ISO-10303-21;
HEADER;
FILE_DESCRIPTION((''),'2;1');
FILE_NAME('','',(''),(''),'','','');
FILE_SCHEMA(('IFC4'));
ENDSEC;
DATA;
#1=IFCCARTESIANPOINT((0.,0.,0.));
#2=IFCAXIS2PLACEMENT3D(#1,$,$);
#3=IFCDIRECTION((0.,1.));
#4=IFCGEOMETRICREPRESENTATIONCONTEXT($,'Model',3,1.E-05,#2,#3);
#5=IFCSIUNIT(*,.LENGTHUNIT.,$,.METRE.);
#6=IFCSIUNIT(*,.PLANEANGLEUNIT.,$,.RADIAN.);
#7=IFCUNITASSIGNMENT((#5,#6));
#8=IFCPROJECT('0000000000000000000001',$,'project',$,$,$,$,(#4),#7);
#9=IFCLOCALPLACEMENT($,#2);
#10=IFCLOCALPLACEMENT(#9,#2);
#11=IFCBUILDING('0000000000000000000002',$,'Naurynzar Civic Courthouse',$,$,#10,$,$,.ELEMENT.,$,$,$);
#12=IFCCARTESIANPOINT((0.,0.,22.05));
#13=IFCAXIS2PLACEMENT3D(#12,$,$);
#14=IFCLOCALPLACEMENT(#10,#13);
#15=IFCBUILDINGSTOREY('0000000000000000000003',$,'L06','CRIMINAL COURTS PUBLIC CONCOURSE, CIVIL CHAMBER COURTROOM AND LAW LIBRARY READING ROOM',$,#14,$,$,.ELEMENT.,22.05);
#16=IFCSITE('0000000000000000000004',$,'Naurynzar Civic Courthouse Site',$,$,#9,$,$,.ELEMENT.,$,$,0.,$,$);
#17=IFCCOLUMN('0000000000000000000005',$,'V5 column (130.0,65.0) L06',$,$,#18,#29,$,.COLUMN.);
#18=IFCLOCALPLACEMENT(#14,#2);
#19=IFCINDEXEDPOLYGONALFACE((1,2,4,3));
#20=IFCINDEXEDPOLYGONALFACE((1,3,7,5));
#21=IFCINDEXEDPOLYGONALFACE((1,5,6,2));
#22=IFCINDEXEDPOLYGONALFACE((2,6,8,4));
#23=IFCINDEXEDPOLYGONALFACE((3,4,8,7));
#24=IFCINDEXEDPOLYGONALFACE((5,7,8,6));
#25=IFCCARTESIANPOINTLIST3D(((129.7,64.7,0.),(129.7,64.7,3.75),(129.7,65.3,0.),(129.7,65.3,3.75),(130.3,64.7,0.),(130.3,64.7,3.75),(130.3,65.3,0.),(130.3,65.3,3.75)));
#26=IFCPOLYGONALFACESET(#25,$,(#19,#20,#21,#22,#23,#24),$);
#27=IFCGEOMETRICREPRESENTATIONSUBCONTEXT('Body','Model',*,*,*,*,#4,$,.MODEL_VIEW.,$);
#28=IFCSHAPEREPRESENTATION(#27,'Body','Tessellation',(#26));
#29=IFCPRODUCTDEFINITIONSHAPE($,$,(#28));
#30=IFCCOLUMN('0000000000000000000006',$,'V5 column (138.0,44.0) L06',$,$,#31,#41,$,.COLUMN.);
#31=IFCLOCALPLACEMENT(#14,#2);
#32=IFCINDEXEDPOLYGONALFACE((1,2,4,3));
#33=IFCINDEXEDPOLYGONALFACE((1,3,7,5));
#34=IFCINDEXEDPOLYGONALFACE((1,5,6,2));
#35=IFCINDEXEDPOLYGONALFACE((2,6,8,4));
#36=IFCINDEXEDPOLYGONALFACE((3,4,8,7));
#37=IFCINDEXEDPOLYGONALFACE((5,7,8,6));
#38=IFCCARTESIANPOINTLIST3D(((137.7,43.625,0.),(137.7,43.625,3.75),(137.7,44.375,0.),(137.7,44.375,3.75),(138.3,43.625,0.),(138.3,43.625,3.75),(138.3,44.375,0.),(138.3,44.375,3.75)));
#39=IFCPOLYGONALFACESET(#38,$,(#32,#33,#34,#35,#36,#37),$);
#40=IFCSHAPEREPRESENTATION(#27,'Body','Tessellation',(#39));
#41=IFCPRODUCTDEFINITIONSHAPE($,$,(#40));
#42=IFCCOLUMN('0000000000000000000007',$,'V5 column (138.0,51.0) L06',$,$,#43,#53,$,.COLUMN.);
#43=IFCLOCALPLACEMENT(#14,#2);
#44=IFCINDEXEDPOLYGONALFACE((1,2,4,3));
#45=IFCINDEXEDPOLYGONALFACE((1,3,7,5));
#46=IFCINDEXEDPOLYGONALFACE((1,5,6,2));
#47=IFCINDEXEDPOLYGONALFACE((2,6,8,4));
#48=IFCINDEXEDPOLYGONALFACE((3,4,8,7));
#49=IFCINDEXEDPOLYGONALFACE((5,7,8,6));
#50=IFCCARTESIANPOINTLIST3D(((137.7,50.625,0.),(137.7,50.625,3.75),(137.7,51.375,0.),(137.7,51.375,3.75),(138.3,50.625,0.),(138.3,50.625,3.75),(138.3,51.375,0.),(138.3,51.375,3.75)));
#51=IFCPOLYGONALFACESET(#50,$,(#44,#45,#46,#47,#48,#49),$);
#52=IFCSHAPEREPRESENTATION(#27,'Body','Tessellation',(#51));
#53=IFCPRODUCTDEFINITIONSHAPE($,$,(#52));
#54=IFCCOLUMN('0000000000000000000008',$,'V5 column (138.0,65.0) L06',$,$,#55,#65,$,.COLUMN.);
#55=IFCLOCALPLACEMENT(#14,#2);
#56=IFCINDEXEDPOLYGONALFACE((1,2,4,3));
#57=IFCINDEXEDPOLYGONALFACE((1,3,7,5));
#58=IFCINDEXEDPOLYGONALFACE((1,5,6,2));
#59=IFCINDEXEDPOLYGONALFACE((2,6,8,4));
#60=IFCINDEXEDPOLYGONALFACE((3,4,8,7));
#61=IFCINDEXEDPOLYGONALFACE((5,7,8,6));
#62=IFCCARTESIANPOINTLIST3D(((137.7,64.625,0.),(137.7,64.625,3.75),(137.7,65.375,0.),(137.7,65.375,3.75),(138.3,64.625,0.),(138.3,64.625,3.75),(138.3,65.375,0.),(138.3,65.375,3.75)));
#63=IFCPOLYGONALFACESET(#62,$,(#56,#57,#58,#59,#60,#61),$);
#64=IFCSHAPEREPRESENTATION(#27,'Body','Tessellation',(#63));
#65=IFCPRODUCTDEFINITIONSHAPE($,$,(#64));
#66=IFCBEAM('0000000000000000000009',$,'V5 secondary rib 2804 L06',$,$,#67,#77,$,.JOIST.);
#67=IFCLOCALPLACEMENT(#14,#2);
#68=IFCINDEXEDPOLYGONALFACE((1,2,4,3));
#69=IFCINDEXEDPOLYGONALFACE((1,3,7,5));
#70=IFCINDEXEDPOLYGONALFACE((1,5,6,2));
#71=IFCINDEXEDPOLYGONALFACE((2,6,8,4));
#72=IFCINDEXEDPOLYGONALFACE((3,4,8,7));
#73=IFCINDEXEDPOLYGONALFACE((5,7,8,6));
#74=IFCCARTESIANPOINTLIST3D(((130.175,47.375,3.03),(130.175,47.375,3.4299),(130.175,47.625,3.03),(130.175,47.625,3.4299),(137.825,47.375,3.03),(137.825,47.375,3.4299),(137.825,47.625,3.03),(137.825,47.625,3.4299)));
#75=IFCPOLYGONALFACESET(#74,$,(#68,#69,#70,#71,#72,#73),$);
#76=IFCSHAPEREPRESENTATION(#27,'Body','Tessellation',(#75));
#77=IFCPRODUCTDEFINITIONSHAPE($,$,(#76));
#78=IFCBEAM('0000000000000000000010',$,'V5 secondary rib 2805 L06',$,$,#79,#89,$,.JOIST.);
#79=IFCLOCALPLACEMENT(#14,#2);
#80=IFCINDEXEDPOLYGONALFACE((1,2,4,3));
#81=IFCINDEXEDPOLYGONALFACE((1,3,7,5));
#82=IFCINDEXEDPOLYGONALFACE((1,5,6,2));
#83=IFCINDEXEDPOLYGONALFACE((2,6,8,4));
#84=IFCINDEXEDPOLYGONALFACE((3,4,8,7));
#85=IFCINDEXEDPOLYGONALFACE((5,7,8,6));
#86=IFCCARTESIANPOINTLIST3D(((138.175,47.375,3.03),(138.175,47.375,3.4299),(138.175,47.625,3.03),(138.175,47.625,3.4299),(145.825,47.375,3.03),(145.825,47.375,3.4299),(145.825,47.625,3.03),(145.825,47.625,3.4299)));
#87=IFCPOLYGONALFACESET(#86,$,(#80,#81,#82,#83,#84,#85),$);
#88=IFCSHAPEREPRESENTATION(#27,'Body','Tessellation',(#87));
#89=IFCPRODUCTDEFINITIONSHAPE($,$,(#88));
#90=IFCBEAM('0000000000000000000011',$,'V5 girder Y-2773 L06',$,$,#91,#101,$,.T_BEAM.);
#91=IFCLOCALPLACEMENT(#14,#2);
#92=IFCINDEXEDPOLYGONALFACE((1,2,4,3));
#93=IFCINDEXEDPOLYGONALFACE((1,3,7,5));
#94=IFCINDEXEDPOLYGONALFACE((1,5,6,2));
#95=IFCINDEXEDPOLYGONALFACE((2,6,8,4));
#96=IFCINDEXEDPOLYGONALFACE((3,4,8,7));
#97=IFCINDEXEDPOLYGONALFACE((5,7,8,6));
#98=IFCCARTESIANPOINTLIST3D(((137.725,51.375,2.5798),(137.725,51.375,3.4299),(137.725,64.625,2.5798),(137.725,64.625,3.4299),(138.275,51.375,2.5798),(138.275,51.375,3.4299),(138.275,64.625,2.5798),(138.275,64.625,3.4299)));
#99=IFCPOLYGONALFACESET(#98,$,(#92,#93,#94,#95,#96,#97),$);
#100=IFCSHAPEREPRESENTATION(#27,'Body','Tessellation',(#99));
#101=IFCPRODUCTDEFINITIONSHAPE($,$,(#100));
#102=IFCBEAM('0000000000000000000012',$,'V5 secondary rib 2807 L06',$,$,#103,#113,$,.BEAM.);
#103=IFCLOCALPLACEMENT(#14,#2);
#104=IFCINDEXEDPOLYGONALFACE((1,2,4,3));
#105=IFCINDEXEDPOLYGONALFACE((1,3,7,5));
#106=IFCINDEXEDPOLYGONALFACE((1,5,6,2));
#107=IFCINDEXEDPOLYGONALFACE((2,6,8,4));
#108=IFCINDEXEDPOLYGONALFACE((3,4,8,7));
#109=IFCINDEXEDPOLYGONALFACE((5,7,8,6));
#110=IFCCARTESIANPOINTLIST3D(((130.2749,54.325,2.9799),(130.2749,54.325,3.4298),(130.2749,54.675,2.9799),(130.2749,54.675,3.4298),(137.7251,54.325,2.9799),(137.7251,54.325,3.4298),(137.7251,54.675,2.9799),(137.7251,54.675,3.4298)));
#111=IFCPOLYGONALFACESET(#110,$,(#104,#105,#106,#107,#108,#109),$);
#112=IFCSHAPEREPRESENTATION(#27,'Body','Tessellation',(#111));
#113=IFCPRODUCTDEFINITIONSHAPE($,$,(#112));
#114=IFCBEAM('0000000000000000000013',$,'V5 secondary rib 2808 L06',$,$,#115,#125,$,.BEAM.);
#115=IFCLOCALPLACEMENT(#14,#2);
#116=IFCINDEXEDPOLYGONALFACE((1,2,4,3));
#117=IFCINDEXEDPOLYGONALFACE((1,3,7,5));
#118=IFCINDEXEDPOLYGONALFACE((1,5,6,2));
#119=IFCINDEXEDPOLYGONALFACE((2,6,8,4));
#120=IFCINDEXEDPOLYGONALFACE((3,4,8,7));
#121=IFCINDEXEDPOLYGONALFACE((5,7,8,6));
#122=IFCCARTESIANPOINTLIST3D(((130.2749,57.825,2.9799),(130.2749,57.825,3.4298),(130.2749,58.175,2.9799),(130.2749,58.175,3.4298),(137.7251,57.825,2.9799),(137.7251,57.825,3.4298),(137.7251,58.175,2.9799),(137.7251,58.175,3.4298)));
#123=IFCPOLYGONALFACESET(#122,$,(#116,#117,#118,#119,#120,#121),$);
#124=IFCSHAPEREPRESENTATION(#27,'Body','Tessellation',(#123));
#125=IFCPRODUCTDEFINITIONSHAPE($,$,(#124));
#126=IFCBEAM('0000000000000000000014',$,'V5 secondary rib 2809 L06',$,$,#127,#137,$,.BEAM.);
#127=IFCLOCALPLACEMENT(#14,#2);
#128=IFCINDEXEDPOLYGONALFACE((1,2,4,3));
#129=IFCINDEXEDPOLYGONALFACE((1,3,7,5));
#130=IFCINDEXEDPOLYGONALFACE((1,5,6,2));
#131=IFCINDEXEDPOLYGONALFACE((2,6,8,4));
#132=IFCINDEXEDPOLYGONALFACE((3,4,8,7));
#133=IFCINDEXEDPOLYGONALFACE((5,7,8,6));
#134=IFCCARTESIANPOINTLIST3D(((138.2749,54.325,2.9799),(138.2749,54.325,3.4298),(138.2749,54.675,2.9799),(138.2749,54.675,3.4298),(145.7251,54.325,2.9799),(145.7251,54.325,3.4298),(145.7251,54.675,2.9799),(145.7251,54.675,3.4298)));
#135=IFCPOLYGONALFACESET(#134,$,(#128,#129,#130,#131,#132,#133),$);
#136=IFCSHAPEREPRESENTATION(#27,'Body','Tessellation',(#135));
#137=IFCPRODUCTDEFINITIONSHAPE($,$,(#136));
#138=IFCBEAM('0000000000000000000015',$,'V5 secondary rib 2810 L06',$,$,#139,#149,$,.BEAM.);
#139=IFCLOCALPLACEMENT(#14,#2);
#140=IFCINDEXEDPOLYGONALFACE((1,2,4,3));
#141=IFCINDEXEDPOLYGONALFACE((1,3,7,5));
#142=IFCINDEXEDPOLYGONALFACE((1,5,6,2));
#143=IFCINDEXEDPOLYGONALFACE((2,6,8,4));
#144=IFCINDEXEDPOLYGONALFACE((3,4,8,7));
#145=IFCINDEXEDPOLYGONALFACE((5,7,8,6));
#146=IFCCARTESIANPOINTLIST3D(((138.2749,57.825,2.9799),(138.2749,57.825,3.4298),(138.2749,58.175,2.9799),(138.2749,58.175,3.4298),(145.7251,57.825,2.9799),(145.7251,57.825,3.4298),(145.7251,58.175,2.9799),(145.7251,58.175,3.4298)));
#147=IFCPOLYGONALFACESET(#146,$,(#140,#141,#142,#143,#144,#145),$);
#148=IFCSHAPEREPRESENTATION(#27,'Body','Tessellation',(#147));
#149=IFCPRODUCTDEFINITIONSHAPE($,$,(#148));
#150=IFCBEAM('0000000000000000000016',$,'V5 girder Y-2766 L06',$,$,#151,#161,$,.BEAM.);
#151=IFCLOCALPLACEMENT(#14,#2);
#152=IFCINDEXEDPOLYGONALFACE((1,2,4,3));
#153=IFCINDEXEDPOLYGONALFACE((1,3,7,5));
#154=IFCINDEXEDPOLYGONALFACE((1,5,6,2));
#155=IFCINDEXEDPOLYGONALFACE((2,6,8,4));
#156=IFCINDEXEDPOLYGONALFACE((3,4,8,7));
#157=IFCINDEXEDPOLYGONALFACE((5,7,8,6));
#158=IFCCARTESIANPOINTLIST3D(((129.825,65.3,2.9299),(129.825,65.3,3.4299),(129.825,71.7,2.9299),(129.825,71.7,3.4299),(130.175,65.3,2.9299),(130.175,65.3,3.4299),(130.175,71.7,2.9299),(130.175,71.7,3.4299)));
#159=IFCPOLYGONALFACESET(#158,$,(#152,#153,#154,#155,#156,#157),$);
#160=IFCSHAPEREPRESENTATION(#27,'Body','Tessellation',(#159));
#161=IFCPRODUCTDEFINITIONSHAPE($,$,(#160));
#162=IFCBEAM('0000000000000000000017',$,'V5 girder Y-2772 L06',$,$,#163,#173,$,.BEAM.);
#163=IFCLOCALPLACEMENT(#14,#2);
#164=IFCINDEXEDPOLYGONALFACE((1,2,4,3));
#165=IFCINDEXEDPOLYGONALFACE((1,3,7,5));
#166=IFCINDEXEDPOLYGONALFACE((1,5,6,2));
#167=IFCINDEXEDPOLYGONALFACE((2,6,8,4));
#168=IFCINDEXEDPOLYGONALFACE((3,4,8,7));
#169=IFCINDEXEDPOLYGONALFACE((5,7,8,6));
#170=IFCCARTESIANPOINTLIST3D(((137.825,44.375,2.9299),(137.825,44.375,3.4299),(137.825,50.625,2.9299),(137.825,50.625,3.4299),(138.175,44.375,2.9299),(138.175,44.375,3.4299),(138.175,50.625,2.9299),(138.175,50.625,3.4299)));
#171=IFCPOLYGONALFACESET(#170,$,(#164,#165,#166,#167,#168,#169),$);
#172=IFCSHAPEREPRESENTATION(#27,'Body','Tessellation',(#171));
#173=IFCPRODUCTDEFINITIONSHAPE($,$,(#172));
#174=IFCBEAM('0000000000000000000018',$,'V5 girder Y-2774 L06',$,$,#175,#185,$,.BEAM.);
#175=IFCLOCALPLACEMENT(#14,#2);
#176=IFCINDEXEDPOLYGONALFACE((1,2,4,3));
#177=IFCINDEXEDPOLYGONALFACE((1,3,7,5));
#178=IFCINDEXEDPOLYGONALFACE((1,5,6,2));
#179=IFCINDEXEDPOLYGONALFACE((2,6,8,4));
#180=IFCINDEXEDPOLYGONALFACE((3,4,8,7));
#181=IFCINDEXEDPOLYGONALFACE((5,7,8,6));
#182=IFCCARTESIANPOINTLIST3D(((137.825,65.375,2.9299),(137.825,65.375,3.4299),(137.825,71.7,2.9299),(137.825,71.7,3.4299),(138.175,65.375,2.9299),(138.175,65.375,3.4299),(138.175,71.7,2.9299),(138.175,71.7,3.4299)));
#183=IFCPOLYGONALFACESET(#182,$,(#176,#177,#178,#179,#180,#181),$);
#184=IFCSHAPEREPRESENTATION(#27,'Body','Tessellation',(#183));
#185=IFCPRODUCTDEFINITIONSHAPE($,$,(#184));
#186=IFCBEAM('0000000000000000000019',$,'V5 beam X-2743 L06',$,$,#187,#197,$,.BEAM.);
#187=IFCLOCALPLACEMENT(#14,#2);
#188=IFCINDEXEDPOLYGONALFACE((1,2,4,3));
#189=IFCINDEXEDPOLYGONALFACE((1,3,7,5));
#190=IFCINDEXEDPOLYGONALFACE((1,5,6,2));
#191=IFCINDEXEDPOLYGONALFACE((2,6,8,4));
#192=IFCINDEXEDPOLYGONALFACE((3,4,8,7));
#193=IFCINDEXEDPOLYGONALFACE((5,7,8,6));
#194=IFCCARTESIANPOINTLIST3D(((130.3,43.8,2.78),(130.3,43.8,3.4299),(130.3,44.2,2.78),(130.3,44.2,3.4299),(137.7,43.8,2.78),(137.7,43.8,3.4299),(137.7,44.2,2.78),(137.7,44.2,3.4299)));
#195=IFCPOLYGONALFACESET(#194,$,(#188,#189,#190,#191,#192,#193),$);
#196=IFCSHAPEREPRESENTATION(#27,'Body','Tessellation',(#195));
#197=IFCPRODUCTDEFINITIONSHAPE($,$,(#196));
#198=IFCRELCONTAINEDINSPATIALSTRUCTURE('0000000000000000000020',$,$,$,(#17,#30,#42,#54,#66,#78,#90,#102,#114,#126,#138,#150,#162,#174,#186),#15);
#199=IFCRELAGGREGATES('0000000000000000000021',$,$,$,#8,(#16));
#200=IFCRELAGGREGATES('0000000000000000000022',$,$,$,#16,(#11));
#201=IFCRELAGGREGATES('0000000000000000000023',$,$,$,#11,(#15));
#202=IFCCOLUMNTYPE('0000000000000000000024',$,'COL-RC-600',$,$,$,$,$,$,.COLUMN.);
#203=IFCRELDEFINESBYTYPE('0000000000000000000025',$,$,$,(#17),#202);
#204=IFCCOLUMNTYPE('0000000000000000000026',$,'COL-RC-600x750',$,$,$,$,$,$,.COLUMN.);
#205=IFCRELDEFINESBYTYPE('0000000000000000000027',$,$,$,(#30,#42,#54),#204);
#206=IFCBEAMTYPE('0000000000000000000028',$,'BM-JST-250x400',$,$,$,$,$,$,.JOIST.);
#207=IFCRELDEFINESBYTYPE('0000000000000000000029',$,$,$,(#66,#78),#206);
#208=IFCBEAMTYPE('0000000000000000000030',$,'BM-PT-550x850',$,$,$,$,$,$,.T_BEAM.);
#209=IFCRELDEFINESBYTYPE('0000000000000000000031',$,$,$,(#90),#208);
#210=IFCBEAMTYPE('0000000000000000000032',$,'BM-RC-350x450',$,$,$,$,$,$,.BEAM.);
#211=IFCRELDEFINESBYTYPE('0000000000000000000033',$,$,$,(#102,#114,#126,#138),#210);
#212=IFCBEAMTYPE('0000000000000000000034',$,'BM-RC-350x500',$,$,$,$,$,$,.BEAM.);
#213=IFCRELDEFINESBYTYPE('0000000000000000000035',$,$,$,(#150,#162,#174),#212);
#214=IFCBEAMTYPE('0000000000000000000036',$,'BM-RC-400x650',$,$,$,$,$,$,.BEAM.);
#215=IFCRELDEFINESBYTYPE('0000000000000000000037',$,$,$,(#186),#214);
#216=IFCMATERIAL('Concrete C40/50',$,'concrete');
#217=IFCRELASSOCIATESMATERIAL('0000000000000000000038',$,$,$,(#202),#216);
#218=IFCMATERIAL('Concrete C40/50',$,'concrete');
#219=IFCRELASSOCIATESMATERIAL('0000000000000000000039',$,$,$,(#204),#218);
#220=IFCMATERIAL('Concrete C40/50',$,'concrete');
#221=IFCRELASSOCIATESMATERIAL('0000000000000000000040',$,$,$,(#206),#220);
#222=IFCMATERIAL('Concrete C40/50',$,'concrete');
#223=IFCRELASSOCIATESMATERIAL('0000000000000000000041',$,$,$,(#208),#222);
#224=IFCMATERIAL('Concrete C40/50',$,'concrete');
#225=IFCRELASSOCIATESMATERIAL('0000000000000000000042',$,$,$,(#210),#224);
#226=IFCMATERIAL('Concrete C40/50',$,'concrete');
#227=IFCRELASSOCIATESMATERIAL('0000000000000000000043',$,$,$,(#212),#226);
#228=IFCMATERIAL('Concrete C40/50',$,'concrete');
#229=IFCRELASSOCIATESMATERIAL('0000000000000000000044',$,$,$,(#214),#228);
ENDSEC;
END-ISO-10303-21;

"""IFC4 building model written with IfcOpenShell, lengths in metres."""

from ifc_helpers import new_model, si_unit, direction, frame, origin, origin_2d, place, context, subcontext, project, spatial, rectangle, extrude, material, material_profile, profile_set, type_object, element, save


model = new_model("IFC4")

# Units and contexts
model_context = context("Model", 3, precision=1e-05, world=origin(), true_north=direction((0.0, 1.0)))
body_context = subcontext(model_context, "Body", "Model", "MODEL_VIEW")
ifc_project = project(units=[si_unit("LENGTHUNIT", "METRE"), si_unit("PLANEANGLEUNIT", "RADIAN")], contexts=[model_context])

# Site, building, storey
site_placement = place(None, origin())
site = spatial("IfcSite", under=ifc_project, at=site_placement, Name="Naurynzar Civic Courthouse Site", CompositionType="ELEMENT", RefElevation=0.0)
building_placement = place(site_placement, origin())
building = spatial("IfcBuilding", under=site, at=building_placement, Name="Naurynzar Civic Courthouse", CompositionType="ELEMENT")
storey_placement = place(building_placement, frame((0.0, 0.0, 22.05)))
storey = spatial("IfcBuildingStorey", under=building, at=storey_placement, Name="L06", Description="CRIMINAL COURTS PUBLIC CONCOURSE, CIVIL CHAMBER COURTROOM AND LAW LIBRARY READING ROOM", CompositionType="ELEMENT", Elevation=22.05)

# Columns
ifc_material_1 = material(Name="Concrete C40/50", Category="concrete")
ifc_material_profile_1 = material_profile(ifc_material_1, rectangle(XDim=0.6001, YDim=0.6001, at=origin_2d()), Name="RC 600x600")
ifc_profile_set_1 = profile_set([ifc_material_profile_1], Name="Concrete C40/50")
column_type_1 = type_object("IfcColumnType", Name="COL-RC-600", PredefinedType="COLUMN", material=ifc_profile_set_1)
column_placement = place(storey_placement, frame((130.0, 65.0, 0.0), z_axis=(0.0, 0.0, 1.0), x_axis=(1.0, 0.0, 0.0)))
element("IfcColumn", 1, at=column_placement, inside=storey, type_object=column_type_1, Name="V5 column (130.0,65.0) L06", PredefinedType="COLUMN", context=body_context, shape_type="SweptSolid", body=[
    extrude(rectangle(XDim=0.6001, YDim=0.6001, at=origin_2d()), origin(), (0.0, 0.0, 1.0), 3.75),
])
ifc_material_2 = material(Name="Concrete C40/50", Category="concrete")
ifc_material_profile_2 = material_profile(ifc_material_2, rectangle(XDim=0.6001, YDim=0.75, at=origin_2d()), Name="RC 600x750")
ifc_profile_set_2 = profile_set([ifc_material_profile_2], Name="Concrete C40/50")
column_type_2 = type_object("IfcColumnType", Name="COL-RC-600x750", PredefinedType="COLUMN", material=ifc_profile_set_2)
for number, where, z_axis, x_axis, name in (
    (2, (138.0, 44.0, 0.0), (0.0, 0.0, 1.0), (1.0, 0.0, 0.0), "V5 column (138.0,44.0) L06"),
    (3, (138.0, 51.0, 0.0), (0.0, 0.0, 1.0), (1.0, 0.0, 0.0), "V5 column (138.0,51.0) L06"),
    (4, (138.0, 65.0, 0.0), (0.0, 0.0, 1.0), (1.0, 0.0, 0.0), "V5 column (138.0,65.0) L06"),
):
    element("IfcColumn", number, at=place(storey_placement, frame(where, z_axis=z_axis, x_axis=x_axis)), inside=storey, type_object=column_type_2, Name=name, PredefinedType="COLUMN", context=body_context, shape_type="SweptSolid", body=[
        extrude(rectangle(XDim=0.6001, YDim=0.75, at=origin_2d()), origin(), (0.0, 0.0, 1.0), 3.75),
    ])

# Beams
ifc_material_3 = material(Name="Concrete C40/50", Category="concrete")
ifc_material_profile_3 = material_profile(ifc_material_3, rectangle(XDim=0.25, YDim=0.3999, at=origin_2d()), Name="RCB 250x400")
ifc_profile_set_3 = profile_set([ifc_material_profile_3], Name="Concrete C40/50")
beam_type_1 = type_object("IfcBeamType", Name="BM-JST-250x400", PredefinedType="JOIST", material=ifc_profile_set_3)
for number, where, z_axis, x_axis, name in (
    (5, (130.175, 47.5, 3.23), (1.0, 0.0, 0.0), (0.0, 1.0, 0.0), "V5 secondary rib 2804 L06"),
    (6, (138.175, 47.5, 3.23), (1.0, 0.0, 0.0), (0.0, 1.0, 0.0), "V5 secondary rib 2805 L06"),
):
    element("IfcBeam", number, at=place(storey_placement, frame(where, z_axis=z_axis, x_axis=x_axis)), inside=storey, type_object=beam_type_1, Name=name, PredefinedType="JOIST", context=body_context, shape_type="SweptSolid", body=[
        extrude(rectangle(XDim=0.25, YDim=0.3999, at=origin_2d()), origin(), (0.0, 0.0, 1.0), 7.6499),
    ])
ifc_material_4 = material(Name="Concrete C40/50", Category="concrete")
ifc_material_profile_4 = material_profile(ifc_material_4, rectangle(XDim=0.55, YDim=0.8501, at=origin_2d()), Name="PTB 550x850")
ifc_profile_set_4 = profile_set([ifc_material_profile_4], Name="Concrete C40/50")
beam_type_2 = type_object("IfcBeamType", Name="BM-PT-550x850", PredefinedType="T_BEAM", material=ifc_profile_set_4)
beam_1_placement = place(storey_placement, frame((138.0, 51.375, 3.0049), z_axis=(0.0, 1.0, 0.0), x_axis=(-1.0, 0.0, 0.0)))
element("IfcBeam", 7, at=beam_1_placement, inside=storey, type_object=beam_type_2, Name="V5 girder Y-2773 L06", PredefinedType="T_BEAM", context=body_context, shape_type="SweptSolid", body=[
    extrude(rectangle(XDim=0.55, YDim=0.8501, at=origin_2d()), origin(), (0.0, 0.0, 1.0), 13.25),
])
ifc_material_5 = material(Name="Concrete C40/50", Category="concrete")
ifc_material_profile_5 = material_profile(ifc_material_5, rectangle(XDim=0.3501, YDim=0.45, at=origin_2d()), Name="RCB 350x450")
ifc_profile_set_5 = profile_set([ifc_material_profile_5], Name="Concrete C40/50")
beam_type_3 = type_object("IfcBeamType", Name="BM-RC-350x450", PredefinedType="BEAM", material=ifc_profile_set_5)
for number, where, z_axis, x_axis, name in (
    (8, (130.2749, 54.5, 3.2048), (1.0, 0.0, 0.0), (0.0, 1.0, 0.0), "V5 secondary rib 2807 L06"),
    (9, (130.2749, 58.0, 3.2048), (1.0, 0.0, 0.0), (0.0, 1.0, 0.0), "V5 secondary rib 2808 L06"),
    (10, (138.2749, 54.5, 3.2048), (1.0, 0.0, 0.0), (0.0, 1.0, 0.0), "V5 secondary rib 2809 L06"),
    (11, (138.2749, 58.0, 3.2048), (1.0, 0.0, 0.0), (0.0, 1.0, 0.0), "V5 secondary rib 2810 L06"),
):
    element("IfcBeam", number, at=place(storey_placement, frame(where, z_axis=z_axis, x_axis=x_axis)), inside=storey, type_object=beam_type_3, Name=name, PredefinedType="BEAM", context=body_context, shape_type="SweptSolid", body=[
        extrude(rectangle(XDim=0.3501, YDim=0.45, at=origin_2d()), origin(), (0.0, 0.0, 1.0), 7.4502),
    ])
ifc_material_6 = material(Name="Concrete C40/50", Category="concrete")
ifc_material_profile_6 = material_profile(ifc_material_6, rectangle(XDim=0.3501, YDim=0.5, at=origin_2d()), Name="RCB 350x500")
ifc_profile_set_6 = profile_set([ifc_material_profile_6], Name="Concrete C40/50")
beam_type_4 = type_object("IfcBeamType", Name="BM-RC-350x500", PredefinedType="BEAM", material=ifc_profile_set_6)
beam_2_placement = place(storey_placement, frame((130.0, 65.3, 3.1799), z_axis=(0.0, 1.0, 0.0), x_axis=(-1.0, 0.0, 0.0)))
element("IfcBeam", 12, at=beam_2_placement, inside=storey, type_object=beam_type_4, Name="V5 girder Y-2766 L06", PredefinedType="BEAM", context=body_context, shape_type="SweptSolid", body=[
    extrude(rectangle(XDim=0.3501, YDim=0.5, at=origin_2d()), origin(), (0.0, 0.0, 1.0), 6.3999),
])
beam_3_placement = place(storey_placement, frame((138.0, 44.375, 3.1799), z_axis=(0.0, 1.0, 0.0), x_axis=(-1.0, 0.0, 0.0)))
element("IfcBeam", 13, at=beam_3_placement, inside=storey, type_object=beam_type_4, Name="V5 girder Y-2772 L06", PredefinedType="BEAM", context=body_context, shape_type="SweptSolid", body=[
    extrude(rectangle(XDim=0.3501, YDim=0.5, at=origin_2d()), origin(), (0.0, 0.0, 1.0), 6.25),
])
beam_4_placement = place(storey_placement, frame((138.0, 65.375, 3.1799), z_axis=(0.0, 1.0, 0.0), x_axis=(-1.0, 0.0, 0.0)))
element("IfcBeam", 14, at=beam_4_placement, inside=storey, type_object=beam_type_4, Name="V5 girder Y-2774 L06", PredefinedType="BEAM", context=body_context, shape_type="SweptSolid", body=[
    extrude(rectangle(XDim=0.3501, YDim=0.5, at=origin_2d()), origin(), (0.0, 0.0, 1.0), 6.325),
])
ifc_material_7 = material(Name="Concrete C40/50", Category="concrete")
ifc_material_profile_7 = material_profile(ifc_material_7, rectangle(XDim=0.3999, YDim=0.6499, at=origin_2d()), Name="RCB 400x650")
ifc_profile_set_7 = profile_set([ifc_material_profile_7], Name="Concrete C40/50")
beam_type_5 = type_object("IfcBeamType", Name="BM-RC-400x650", PredefinedType="BEAM", material=ifc_profile_set_7)
for number, where, z_axis, x_axis, name in (
    (15, (130.3, 44.0, 3.105), (1.0, 0.0, 0.0), (0.0, 1.0, 0.0), "V5 beam X-2743 L06"),
):
    element("IfcBeam", number, at=place(storey_placement, frame(where, z_axis=z_axis, x_axis=x_axis)), inside=storey, type_object=beam_type_5, Name=name, PredefinedType="BEAM", context=body_context, shape_type="SweptSolid", body=[
        extrude(rectangle(XDim=0.3999, YDim=0.6499, at=origin_2d()), origin(), (0.0, 0.0, 1.0), 7.3999),
    ])

save(model, "model.ifc")
